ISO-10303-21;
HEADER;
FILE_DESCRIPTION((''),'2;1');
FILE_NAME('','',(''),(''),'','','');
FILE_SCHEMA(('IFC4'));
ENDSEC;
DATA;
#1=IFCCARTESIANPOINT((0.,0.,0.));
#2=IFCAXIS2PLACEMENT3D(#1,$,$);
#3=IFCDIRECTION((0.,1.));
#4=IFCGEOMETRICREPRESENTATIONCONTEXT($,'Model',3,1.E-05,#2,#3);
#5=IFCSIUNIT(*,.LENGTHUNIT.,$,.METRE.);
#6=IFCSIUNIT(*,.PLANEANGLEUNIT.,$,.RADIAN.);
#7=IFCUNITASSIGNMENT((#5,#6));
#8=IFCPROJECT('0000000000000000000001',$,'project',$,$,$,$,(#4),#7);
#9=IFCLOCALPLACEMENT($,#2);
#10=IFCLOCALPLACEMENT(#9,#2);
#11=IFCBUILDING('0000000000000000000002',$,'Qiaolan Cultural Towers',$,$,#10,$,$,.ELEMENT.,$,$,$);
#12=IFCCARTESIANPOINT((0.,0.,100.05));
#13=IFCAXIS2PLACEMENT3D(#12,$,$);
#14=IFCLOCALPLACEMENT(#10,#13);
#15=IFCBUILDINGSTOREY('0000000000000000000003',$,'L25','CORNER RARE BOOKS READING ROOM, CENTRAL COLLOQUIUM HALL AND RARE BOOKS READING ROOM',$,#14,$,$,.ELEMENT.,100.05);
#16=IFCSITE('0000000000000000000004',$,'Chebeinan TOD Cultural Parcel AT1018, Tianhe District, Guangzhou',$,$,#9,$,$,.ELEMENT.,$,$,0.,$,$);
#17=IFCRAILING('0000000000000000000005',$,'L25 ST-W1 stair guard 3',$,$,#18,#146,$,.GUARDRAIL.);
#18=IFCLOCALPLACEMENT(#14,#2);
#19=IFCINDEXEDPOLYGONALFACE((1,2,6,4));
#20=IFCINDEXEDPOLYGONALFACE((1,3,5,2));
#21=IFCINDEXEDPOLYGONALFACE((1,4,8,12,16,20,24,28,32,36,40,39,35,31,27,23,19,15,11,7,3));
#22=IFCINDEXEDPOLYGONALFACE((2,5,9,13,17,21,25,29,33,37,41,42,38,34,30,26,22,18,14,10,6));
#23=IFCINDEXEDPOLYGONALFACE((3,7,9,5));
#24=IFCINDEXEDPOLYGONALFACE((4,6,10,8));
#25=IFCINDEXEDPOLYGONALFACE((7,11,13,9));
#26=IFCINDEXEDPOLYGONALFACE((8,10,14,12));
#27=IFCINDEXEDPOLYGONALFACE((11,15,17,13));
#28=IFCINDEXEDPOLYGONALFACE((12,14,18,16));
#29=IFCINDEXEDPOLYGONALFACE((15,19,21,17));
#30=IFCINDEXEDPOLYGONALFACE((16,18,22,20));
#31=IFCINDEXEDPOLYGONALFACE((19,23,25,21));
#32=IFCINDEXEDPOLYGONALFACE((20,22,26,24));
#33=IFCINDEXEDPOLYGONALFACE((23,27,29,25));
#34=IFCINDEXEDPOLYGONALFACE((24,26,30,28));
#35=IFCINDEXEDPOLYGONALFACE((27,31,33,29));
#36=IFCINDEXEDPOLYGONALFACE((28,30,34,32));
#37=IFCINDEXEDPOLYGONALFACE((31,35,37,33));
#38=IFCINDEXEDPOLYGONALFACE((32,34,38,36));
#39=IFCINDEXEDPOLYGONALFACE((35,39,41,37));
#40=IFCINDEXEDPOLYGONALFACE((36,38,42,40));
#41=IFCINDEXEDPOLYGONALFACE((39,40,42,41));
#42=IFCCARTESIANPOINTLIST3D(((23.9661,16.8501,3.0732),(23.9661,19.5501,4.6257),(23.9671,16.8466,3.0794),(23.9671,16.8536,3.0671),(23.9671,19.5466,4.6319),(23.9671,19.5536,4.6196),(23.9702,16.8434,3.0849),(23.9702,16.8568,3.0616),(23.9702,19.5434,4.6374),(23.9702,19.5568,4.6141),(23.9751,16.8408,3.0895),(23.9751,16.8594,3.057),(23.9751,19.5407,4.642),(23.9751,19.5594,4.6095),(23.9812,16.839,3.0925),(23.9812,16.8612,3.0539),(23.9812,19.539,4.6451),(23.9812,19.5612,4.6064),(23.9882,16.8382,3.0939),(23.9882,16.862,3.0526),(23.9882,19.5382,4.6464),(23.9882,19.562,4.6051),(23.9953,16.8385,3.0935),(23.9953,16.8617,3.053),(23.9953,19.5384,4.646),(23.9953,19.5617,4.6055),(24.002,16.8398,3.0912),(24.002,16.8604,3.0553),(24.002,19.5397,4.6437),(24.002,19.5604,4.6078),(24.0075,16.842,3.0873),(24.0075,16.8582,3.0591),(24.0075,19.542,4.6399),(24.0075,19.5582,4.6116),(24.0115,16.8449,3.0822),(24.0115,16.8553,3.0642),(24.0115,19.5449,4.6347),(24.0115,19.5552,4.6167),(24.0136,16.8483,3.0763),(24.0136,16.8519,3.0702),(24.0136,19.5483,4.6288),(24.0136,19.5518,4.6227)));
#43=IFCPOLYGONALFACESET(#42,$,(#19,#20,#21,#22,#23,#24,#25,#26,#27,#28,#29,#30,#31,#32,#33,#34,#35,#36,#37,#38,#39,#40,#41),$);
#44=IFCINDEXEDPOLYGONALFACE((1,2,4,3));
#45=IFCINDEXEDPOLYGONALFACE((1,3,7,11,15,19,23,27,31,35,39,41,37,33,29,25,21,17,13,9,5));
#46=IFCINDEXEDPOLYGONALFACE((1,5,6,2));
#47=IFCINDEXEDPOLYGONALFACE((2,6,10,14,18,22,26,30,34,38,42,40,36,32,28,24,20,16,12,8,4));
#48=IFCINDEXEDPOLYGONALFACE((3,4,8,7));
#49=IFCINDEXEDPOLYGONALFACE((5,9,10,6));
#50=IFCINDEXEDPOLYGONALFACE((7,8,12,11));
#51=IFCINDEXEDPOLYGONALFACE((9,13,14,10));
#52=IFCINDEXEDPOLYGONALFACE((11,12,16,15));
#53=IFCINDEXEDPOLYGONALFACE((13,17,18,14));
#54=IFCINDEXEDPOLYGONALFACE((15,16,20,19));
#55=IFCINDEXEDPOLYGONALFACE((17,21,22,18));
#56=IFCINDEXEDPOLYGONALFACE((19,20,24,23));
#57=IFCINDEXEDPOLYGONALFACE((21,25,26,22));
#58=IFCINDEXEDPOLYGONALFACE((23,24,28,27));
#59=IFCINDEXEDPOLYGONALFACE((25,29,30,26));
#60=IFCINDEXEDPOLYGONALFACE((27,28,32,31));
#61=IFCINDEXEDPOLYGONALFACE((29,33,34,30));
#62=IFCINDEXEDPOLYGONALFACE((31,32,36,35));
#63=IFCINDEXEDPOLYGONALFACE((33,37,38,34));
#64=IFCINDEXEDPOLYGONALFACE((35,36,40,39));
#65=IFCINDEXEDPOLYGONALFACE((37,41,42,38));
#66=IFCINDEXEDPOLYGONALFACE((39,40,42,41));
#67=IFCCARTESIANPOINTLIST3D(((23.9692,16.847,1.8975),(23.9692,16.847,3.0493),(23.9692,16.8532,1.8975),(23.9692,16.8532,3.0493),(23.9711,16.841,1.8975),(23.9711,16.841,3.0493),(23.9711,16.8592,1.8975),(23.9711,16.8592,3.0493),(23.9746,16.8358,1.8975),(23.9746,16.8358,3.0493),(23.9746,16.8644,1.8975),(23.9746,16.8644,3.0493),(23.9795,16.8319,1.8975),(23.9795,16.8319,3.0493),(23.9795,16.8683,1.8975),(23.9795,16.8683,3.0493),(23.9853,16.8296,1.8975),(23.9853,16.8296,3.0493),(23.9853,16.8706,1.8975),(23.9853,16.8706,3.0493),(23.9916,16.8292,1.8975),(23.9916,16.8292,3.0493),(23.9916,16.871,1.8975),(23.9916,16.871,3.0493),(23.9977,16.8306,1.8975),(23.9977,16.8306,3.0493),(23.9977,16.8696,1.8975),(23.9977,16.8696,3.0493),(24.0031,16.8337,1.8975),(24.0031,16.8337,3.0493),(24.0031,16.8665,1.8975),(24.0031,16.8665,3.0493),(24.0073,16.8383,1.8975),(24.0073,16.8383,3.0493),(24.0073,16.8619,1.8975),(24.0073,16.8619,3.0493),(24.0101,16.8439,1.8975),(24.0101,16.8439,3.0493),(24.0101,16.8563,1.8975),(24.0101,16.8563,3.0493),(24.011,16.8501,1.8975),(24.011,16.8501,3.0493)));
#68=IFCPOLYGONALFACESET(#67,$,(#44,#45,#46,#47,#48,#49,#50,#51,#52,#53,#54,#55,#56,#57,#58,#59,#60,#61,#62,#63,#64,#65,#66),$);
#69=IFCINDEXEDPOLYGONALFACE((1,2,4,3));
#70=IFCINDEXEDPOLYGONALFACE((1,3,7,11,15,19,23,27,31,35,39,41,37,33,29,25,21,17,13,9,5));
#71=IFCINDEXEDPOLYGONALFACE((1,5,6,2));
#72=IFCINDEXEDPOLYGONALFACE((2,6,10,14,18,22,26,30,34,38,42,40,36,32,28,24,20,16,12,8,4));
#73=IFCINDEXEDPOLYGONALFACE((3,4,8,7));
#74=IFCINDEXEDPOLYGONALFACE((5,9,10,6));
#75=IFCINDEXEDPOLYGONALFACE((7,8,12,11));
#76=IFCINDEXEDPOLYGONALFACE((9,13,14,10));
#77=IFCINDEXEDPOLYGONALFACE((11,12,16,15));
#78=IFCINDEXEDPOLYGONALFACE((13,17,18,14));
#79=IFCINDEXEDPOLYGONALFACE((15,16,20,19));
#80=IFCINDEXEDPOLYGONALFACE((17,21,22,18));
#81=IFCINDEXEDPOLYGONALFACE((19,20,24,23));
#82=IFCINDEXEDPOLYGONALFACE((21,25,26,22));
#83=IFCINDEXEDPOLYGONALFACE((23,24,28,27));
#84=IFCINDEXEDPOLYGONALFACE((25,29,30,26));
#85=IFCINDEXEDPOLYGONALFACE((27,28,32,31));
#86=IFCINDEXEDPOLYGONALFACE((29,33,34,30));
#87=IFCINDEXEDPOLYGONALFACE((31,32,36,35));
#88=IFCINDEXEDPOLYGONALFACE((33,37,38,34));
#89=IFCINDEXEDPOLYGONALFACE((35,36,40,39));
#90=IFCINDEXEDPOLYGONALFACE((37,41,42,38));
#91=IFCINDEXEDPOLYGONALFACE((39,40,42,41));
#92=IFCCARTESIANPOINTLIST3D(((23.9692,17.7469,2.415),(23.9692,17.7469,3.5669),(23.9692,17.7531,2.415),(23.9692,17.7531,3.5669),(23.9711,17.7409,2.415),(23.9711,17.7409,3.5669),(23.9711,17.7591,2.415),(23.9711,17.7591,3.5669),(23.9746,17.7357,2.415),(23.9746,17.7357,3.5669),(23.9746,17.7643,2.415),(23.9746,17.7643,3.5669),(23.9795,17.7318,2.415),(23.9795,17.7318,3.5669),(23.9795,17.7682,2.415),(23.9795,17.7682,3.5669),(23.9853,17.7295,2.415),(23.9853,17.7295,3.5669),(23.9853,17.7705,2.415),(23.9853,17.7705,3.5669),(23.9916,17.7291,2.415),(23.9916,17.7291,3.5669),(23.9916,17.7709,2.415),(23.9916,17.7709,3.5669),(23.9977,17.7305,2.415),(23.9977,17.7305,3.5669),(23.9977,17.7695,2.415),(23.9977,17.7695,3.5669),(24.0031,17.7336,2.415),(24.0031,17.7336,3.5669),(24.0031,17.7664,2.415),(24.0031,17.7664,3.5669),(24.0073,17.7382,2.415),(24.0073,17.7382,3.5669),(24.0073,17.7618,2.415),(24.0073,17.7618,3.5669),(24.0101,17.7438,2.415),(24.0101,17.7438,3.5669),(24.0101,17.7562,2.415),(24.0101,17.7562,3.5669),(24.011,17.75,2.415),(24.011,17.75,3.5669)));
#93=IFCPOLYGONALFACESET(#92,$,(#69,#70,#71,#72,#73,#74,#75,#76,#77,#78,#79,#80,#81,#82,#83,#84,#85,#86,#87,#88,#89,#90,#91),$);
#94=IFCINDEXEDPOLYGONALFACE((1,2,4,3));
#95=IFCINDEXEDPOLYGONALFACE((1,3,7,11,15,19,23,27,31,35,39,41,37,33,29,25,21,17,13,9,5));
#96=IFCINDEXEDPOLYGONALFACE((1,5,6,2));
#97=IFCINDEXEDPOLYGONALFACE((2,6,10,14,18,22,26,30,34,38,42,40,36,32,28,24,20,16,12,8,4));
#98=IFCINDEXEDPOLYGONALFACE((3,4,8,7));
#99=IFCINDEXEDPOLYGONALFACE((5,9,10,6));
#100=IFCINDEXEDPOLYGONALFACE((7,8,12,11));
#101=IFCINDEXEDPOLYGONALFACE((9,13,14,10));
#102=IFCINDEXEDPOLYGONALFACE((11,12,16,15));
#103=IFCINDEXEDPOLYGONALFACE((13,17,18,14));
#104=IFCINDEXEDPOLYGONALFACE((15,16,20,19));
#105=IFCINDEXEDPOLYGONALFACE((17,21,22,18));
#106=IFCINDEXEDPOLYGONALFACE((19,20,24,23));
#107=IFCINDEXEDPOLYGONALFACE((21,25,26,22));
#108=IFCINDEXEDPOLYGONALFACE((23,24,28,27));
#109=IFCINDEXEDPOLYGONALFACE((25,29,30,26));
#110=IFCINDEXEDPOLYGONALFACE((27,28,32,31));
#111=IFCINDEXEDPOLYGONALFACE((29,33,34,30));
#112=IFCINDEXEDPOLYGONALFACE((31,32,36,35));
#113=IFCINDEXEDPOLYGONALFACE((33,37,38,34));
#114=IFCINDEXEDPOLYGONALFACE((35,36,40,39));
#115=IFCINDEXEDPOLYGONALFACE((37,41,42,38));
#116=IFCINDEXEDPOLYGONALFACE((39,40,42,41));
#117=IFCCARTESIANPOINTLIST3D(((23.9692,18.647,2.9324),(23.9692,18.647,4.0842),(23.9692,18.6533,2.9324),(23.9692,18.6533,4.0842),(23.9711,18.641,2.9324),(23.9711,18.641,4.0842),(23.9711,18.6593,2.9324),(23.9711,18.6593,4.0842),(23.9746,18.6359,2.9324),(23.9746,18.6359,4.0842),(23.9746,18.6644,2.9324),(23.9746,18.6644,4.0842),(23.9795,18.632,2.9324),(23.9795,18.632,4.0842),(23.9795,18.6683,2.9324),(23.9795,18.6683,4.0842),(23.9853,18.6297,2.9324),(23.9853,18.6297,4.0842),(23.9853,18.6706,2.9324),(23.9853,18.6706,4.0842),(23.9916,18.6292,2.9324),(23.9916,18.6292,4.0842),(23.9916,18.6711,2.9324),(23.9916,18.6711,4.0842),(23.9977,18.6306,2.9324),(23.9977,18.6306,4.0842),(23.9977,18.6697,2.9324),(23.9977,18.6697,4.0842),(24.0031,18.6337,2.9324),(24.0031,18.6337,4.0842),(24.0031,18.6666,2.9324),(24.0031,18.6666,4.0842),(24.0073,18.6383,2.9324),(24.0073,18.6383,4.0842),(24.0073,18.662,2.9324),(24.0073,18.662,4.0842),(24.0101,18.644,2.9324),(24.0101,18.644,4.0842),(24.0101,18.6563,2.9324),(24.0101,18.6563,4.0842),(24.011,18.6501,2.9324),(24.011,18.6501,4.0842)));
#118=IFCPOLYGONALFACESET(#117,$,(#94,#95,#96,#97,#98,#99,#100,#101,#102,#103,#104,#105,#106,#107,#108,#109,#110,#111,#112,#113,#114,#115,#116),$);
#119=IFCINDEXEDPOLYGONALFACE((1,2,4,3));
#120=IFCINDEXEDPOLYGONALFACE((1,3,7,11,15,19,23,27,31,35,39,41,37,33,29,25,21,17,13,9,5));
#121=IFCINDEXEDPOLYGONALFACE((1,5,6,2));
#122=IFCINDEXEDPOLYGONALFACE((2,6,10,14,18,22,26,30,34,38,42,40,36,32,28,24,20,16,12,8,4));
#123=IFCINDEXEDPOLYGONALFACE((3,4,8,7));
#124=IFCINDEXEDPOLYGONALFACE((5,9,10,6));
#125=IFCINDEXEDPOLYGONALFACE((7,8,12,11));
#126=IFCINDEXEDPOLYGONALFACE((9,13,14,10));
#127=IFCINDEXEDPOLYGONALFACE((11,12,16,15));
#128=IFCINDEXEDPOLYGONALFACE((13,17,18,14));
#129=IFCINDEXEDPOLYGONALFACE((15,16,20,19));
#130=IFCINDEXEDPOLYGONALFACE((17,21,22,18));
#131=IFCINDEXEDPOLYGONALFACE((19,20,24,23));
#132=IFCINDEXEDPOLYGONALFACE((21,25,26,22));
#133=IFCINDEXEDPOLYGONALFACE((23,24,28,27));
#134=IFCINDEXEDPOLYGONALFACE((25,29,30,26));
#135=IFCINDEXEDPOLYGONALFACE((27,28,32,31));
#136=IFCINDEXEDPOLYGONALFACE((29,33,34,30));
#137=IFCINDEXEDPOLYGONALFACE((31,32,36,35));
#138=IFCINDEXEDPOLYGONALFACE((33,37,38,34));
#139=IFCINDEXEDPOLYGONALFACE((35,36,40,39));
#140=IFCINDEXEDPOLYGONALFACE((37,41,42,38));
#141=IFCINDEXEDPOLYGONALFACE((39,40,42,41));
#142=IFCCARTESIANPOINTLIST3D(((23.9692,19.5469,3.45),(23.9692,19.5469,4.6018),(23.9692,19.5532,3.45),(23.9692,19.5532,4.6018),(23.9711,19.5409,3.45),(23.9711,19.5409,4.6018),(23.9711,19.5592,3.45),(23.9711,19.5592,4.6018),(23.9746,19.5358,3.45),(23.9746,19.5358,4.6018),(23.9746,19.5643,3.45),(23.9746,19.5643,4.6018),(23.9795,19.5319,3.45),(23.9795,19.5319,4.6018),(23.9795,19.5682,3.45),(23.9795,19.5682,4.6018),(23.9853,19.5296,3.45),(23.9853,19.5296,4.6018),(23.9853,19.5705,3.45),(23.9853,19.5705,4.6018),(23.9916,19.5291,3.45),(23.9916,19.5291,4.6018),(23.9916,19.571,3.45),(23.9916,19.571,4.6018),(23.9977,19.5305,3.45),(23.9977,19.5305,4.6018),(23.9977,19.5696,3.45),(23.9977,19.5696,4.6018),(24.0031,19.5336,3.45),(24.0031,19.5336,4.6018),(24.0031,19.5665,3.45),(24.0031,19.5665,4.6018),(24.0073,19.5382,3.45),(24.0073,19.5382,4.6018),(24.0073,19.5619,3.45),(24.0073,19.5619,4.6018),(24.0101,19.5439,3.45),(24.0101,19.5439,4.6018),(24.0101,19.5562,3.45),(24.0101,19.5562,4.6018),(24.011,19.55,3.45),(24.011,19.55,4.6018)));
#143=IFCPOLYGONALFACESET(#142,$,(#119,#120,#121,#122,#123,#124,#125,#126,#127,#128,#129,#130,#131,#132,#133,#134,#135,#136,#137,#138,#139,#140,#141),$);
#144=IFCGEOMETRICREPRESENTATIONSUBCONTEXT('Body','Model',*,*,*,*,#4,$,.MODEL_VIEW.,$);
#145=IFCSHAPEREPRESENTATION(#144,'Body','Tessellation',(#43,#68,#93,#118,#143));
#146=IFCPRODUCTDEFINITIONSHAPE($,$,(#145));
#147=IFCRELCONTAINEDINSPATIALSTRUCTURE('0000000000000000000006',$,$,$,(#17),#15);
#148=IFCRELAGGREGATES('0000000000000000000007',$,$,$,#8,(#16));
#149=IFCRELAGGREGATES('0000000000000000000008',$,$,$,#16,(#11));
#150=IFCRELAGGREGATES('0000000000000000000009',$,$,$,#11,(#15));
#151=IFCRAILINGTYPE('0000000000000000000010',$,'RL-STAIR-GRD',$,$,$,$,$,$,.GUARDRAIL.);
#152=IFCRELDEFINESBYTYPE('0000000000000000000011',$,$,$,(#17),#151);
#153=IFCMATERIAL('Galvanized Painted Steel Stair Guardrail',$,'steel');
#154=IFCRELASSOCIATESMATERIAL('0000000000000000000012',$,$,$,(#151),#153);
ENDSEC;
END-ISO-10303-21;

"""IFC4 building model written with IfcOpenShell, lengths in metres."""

from ifc_helpers import new_model, si_unit, direction, frame, origin, origin_2d, place, context, subcontext, project, spatial, circle, extrude, material, type_object, element, save


model = new_model("IFC4")

# Units and contexts
model_context = context("Model", 3, precision=1e-05, world=origin(), true_north=direction((0.0, 1.0)))
body_context = subcontext(model_context, "Body", "Model", "MODEL_VIEW")
ifc_project = project(units=[si_unit("LENGTHUNIT", "METRE"), si_unit("PLANEANGLEUNIT", "RADIAN")], contexts=[model_context])

# Site, building, storey
site_placement = place(None, origin())
site = spatial("IfcSite", under=ifc_project, at=site_placement, Name="Chebeinan TOD Cultural Parcel AT1018, Tianhe District, Guangzhou", CompositionType="ELEMENT", RefElevation=0.0)
building_placement = place(site_placement, origin())
building = spatial("IfcBuilding", under=site, at=building_placement, Name="Qiaolan Cultural Towers", CompositionType="ELEMENT")
storey_placement = place(building_placement, frame((0.0, 0.0, 100.05)))
storey = spatial("IfcBuildingStorey", under=building, at=storey_placement, Name="L25", Description="CORNER RARE BOOKS READING ROOM, CENTRAL COLLOQUIUM HALL AND RARE BOOKS READING ROOM", CompositionType="ELEMENT", Elevation=100.05)

# Railing
ifc_material_1 = material(Name="Galvanized Painted Steel Stair Guardrail", Category="steel")
railing_type_1 = type_object("IfcRailingType", Name="RL-STAIR-GRD", PredefinedType="GUARDRAIL", material=ifc_material_1)
railing_1_placement = place(storey_placement, frame((23.99, 16.8501, 1.8975)))
element("IfcRailing", 1, at=railing_1_placement, inside=storey, type_object=railing_type_1, Name="L25 ST-W1 stair guard 3", PredefinedType="GUARDRAIL", context=body_context, shape_type="SweptSolid", body=[
    extrude(circle(Radius=0.0239, at=origin_2d()), frame((0.0, 0.0, 1.1758), z_axis=(0.0, 0.866904, 0.498476), x_axis=(-1.0, 0.0, 0.0)), (0.0, 0.0, 1.0), 3.1145),
    extrude(circle(Radius=0.021, at=origin_2d()), origin(), (0.0, 0.0, 1.0), 1.1519),
    extrude(circle(Radius=0.021, at=origin_2d()), frame((0.0, 0.8999, 0.5176)), (0.0, 0.0, 1.0), 1.1519),
    extrude(circle(Radius=0.021, at=origin_2d()), frame((0.0, 1.8, 1.0349)), (0.0, 0.0, 1.0), 1.1519),
    extrude(circle(Radius=0.021, at=origin_2d()), frame((0.0, 2.7, 1.5525)), (0.0, 0.0, 1.0), 1.1519),
])

save(model, "model.ifc")
